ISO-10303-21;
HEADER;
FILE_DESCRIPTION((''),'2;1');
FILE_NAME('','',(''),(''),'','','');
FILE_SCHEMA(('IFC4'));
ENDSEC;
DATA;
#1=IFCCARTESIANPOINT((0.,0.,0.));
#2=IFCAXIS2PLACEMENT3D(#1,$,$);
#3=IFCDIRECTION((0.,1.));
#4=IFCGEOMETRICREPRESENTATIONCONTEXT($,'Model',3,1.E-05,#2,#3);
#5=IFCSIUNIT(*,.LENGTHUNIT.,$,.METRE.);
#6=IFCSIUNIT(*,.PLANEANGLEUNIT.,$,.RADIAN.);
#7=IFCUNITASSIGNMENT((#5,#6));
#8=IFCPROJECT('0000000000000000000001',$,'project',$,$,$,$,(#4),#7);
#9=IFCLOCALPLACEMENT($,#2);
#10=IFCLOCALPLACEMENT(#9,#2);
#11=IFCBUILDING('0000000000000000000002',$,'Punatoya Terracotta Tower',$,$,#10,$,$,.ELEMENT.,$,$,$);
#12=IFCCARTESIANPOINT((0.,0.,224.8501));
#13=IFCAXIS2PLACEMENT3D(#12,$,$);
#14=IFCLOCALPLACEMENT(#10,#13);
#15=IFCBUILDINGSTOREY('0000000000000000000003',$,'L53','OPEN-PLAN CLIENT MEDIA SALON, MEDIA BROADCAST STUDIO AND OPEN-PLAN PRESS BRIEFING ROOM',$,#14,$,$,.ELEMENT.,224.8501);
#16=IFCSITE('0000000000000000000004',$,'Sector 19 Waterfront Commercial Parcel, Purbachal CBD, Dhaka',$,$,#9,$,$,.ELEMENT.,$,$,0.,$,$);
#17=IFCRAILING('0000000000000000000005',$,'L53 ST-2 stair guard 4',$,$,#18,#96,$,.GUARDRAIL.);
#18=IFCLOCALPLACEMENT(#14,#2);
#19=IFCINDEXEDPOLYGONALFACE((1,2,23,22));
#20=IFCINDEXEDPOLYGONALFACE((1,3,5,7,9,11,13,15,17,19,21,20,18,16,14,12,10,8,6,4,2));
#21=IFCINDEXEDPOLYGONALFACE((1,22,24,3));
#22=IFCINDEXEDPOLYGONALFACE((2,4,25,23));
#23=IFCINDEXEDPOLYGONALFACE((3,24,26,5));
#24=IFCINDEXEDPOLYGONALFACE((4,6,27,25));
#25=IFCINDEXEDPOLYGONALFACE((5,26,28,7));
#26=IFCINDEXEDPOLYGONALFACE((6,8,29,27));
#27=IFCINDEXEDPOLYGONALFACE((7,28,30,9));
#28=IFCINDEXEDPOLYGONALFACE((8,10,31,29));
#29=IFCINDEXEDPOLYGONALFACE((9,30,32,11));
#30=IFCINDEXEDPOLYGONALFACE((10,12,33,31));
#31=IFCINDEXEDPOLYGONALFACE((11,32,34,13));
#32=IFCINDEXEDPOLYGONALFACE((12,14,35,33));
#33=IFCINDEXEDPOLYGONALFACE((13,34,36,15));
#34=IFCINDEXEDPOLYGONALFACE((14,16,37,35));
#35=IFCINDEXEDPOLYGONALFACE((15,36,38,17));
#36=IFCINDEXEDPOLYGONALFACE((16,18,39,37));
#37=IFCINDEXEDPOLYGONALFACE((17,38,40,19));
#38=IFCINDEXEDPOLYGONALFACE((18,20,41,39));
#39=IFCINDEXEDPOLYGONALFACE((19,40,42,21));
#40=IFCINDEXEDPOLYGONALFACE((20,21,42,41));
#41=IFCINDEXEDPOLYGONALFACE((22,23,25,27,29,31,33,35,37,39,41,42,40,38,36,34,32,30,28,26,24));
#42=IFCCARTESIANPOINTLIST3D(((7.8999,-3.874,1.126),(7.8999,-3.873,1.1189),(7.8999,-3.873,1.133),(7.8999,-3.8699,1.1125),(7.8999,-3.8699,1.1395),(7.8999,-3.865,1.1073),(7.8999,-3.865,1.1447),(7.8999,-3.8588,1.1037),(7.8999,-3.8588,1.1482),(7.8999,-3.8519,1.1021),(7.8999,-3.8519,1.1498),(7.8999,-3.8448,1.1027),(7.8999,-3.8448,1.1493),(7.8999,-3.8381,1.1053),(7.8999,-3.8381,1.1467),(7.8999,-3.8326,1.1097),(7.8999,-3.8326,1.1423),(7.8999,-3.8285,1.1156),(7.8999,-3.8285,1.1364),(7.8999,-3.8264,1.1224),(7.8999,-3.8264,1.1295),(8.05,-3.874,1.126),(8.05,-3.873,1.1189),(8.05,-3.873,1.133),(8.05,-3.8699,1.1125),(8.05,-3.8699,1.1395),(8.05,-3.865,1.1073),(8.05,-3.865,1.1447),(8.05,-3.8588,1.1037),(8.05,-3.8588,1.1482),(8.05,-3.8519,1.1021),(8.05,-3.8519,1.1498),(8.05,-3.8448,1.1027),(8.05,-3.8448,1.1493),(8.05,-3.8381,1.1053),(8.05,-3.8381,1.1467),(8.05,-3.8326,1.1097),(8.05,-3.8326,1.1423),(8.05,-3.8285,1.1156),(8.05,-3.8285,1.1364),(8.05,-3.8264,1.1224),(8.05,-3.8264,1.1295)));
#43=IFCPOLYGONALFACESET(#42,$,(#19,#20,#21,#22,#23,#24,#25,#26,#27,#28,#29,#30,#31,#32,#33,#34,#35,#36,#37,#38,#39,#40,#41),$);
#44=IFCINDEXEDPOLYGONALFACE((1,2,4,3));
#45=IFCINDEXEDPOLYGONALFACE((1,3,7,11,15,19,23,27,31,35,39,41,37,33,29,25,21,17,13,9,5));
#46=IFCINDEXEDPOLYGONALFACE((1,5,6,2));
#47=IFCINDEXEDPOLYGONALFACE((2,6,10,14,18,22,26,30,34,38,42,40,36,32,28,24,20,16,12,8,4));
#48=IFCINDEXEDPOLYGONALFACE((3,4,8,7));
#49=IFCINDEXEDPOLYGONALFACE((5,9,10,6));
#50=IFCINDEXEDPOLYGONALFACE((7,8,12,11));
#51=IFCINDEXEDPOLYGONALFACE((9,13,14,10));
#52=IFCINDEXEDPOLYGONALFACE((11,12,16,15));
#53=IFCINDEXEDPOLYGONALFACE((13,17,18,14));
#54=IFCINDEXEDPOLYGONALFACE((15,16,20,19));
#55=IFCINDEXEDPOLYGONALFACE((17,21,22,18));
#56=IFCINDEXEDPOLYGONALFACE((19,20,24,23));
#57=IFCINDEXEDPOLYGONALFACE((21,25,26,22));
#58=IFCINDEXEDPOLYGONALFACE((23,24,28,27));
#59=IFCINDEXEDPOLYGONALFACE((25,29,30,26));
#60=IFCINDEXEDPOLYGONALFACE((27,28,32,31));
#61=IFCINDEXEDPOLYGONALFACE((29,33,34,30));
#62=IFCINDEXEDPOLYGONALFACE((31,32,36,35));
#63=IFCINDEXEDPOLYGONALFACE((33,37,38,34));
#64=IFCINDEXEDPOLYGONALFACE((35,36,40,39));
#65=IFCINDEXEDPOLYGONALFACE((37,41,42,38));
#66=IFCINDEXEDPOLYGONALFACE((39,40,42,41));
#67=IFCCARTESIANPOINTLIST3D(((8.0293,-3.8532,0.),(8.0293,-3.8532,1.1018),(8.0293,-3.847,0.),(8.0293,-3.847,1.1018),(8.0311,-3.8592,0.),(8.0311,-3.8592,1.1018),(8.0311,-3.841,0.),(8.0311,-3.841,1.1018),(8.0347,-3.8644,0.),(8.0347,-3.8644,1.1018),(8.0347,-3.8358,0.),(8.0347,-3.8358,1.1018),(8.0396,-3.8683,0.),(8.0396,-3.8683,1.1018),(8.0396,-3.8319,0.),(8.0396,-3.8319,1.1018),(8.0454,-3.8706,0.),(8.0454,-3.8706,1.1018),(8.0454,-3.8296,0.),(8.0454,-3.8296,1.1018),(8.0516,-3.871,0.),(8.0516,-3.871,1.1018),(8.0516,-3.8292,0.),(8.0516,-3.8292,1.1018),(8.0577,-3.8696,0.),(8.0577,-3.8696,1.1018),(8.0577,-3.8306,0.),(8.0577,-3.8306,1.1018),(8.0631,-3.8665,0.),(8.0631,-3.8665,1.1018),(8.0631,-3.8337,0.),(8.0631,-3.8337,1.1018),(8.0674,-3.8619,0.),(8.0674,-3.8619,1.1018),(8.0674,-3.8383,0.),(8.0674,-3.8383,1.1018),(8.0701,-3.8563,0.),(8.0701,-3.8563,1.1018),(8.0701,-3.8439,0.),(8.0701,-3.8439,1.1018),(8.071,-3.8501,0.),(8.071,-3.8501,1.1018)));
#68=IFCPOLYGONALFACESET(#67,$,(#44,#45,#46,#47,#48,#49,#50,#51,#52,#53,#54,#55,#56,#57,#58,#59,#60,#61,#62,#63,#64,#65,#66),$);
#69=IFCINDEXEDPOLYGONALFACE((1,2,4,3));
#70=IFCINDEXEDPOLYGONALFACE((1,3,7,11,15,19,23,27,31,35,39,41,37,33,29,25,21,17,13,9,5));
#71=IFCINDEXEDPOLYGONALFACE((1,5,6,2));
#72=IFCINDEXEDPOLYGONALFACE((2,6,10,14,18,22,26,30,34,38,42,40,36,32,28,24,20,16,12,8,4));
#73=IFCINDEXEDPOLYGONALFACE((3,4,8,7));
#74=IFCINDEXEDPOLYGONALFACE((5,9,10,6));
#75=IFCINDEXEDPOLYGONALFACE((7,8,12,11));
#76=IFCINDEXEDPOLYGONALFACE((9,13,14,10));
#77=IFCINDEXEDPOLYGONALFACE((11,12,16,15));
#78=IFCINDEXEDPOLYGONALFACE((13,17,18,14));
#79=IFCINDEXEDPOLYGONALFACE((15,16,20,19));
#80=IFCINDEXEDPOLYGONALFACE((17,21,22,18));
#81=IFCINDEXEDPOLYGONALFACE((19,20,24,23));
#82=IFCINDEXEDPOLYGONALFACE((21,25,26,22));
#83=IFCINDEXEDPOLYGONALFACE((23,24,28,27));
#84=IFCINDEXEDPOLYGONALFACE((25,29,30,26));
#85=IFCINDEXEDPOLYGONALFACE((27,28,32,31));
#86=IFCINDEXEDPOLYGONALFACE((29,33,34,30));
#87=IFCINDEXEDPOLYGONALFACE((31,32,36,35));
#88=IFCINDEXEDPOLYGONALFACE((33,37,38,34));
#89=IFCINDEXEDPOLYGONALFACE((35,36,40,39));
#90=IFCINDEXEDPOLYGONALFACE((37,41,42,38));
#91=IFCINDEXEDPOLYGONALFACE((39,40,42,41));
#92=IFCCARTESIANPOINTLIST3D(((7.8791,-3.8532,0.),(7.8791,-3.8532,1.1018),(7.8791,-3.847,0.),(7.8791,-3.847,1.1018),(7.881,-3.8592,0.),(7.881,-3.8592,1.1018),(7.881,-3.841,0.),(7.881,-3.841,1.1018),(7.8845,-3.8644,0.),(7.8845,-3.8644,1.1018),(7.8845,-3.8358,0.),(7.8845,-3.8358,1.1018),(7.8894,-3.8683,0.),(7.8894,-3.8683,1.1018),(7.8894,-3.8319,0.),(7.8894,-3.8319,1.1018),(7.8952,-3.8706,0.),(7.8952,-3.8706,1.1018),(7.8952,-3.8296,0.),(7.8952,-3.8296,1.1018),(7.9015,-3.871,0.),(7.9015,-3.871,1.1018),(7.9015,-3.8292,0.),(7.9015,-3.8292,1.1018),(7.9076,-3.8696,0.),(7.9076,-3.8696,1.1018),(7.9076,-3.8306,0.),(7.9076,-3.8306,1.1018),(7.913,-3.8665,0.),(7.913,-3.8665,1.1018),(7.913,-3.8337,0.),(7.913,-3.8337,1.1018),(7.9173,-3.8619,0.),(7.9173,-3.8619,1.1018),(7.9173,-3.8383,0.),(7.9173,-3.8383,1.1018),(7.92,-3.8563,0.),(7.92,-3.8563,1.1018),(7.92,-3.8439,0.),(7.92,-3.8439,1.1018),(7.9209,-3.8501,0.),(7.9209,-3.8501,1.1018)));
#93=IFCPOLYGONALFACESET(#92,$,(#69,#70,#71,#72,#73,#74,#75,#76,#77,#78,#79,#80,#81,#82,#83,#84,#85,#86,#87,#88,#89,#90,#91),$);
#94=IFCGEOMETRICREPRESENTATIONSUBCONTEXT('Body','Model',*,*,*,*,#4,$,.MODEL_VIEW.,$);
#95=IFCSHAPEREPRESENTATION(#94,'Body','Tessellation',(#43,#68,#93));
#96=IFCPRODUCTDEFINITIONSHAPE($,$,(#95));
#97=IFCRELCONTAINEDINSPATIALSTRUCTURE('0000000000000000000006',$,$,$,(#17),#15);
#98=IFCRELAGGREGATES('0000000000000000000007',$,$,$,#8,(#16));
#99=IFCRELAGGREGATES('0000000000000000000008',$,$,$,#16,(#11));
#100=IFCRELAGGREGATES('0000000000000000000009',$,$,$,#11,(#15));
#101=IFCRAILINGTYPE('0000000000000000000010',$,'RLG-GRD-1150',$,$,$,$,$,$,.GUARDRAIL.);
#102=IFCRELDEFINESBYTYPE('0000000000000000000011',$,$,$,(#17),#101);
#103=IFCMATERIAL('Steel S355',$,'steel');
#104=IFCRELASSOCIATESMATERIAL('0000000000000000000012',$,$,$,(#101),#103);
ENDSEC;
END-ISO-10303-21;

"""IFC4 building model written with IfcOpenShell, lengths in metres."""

from ifc_helpers import new_model, si_unit, direction, frame, origin, origin_2d, place, context, subcontext, project, spatial, circle, extrude, material, type_object, element, save


model = new_model("IFC4")

# Units and contexts
model_context = context("Model", 3, precision=1e-05, world=origin(), true_north=direction((0.0, 1.0)))
body_context = subcontext(model_context, "Body", "Model", "MODEL_VIEW")
ifc_project = project(units=[si_unit("LENGTHUNIT", "METRE"), si_unit("PLANEANGLEUNIT", "RADIAN")], contexts=[model_context])

# Site, building, storey
site_placement = place(None, origin())
site = spatial("IfcSite", under=ifc_project, at=site_placement, Name="Sector 19 Waterfront Commercial Parcel, Purbachal CBD, Dhaka", CompositionType="ELEMENT", RefElevation=0.0)
building_placement = place(site_placement, origin())
building = spatial("IfcBuilding", under=site, at=building_placement, Name="Punatoya Terracotta Tower", CompositionType="ELEMENT")
storey_placement = place(building_placement, frame((0.0, 0.0, 224.8501)))
storey = spatial("IfcBuildingStorey", under=building, at=storey_placement, Name="L53", Description="OPEN-PLAN CLIENT MEDIA SALON, MEDIA BROADCAST STUDIO AND OPEN-PLAN PRESS BRIEFING ROOM", CompositionType="ELEMENT", Elevation=224.8501)

# Railing
ifc_material_1 = material(Name="Steel S355", Category="steel")
railing_type_1 = type_object("IfcRailingType", Name="RLG-GRD-1150", PredefinedType="GUARDRAIL", material=ifc_material_1)
railing_1_placement = place(storey_placement, frame((8.05, -3.8501, 0.0)))
element("IfcRailing", 1, at=railing_1_placement, inside=storey, type_object=railing_type_1, Name="L53 ST-2 stair guard 4", PredefinedType="GUARDRAIL", context=body_context, shape_type="SweptSolid", body=[
    extrude(circle(Radius=0.0239, at=origin_2d()), frame((0.0, 0.0, 1.126), z_axis=(-1.0, 0.0, 0.0), x_axis=(0.0, -1.0, 0.0)), (0.0, 0.0, 1.0), 0.1501),
    extrude(circle(Radius=0.021, at=origin_2d()), origin(), (0.0, 0.0, 1.0), 1.1018),
    extrude(circle(Radius=0.021, at=origin_2d()), frame((-0.1501, 0.0, 0.0)), (0.0, 0.0, 1.0), 1.1018),
])

save(model, "model.ifc")
